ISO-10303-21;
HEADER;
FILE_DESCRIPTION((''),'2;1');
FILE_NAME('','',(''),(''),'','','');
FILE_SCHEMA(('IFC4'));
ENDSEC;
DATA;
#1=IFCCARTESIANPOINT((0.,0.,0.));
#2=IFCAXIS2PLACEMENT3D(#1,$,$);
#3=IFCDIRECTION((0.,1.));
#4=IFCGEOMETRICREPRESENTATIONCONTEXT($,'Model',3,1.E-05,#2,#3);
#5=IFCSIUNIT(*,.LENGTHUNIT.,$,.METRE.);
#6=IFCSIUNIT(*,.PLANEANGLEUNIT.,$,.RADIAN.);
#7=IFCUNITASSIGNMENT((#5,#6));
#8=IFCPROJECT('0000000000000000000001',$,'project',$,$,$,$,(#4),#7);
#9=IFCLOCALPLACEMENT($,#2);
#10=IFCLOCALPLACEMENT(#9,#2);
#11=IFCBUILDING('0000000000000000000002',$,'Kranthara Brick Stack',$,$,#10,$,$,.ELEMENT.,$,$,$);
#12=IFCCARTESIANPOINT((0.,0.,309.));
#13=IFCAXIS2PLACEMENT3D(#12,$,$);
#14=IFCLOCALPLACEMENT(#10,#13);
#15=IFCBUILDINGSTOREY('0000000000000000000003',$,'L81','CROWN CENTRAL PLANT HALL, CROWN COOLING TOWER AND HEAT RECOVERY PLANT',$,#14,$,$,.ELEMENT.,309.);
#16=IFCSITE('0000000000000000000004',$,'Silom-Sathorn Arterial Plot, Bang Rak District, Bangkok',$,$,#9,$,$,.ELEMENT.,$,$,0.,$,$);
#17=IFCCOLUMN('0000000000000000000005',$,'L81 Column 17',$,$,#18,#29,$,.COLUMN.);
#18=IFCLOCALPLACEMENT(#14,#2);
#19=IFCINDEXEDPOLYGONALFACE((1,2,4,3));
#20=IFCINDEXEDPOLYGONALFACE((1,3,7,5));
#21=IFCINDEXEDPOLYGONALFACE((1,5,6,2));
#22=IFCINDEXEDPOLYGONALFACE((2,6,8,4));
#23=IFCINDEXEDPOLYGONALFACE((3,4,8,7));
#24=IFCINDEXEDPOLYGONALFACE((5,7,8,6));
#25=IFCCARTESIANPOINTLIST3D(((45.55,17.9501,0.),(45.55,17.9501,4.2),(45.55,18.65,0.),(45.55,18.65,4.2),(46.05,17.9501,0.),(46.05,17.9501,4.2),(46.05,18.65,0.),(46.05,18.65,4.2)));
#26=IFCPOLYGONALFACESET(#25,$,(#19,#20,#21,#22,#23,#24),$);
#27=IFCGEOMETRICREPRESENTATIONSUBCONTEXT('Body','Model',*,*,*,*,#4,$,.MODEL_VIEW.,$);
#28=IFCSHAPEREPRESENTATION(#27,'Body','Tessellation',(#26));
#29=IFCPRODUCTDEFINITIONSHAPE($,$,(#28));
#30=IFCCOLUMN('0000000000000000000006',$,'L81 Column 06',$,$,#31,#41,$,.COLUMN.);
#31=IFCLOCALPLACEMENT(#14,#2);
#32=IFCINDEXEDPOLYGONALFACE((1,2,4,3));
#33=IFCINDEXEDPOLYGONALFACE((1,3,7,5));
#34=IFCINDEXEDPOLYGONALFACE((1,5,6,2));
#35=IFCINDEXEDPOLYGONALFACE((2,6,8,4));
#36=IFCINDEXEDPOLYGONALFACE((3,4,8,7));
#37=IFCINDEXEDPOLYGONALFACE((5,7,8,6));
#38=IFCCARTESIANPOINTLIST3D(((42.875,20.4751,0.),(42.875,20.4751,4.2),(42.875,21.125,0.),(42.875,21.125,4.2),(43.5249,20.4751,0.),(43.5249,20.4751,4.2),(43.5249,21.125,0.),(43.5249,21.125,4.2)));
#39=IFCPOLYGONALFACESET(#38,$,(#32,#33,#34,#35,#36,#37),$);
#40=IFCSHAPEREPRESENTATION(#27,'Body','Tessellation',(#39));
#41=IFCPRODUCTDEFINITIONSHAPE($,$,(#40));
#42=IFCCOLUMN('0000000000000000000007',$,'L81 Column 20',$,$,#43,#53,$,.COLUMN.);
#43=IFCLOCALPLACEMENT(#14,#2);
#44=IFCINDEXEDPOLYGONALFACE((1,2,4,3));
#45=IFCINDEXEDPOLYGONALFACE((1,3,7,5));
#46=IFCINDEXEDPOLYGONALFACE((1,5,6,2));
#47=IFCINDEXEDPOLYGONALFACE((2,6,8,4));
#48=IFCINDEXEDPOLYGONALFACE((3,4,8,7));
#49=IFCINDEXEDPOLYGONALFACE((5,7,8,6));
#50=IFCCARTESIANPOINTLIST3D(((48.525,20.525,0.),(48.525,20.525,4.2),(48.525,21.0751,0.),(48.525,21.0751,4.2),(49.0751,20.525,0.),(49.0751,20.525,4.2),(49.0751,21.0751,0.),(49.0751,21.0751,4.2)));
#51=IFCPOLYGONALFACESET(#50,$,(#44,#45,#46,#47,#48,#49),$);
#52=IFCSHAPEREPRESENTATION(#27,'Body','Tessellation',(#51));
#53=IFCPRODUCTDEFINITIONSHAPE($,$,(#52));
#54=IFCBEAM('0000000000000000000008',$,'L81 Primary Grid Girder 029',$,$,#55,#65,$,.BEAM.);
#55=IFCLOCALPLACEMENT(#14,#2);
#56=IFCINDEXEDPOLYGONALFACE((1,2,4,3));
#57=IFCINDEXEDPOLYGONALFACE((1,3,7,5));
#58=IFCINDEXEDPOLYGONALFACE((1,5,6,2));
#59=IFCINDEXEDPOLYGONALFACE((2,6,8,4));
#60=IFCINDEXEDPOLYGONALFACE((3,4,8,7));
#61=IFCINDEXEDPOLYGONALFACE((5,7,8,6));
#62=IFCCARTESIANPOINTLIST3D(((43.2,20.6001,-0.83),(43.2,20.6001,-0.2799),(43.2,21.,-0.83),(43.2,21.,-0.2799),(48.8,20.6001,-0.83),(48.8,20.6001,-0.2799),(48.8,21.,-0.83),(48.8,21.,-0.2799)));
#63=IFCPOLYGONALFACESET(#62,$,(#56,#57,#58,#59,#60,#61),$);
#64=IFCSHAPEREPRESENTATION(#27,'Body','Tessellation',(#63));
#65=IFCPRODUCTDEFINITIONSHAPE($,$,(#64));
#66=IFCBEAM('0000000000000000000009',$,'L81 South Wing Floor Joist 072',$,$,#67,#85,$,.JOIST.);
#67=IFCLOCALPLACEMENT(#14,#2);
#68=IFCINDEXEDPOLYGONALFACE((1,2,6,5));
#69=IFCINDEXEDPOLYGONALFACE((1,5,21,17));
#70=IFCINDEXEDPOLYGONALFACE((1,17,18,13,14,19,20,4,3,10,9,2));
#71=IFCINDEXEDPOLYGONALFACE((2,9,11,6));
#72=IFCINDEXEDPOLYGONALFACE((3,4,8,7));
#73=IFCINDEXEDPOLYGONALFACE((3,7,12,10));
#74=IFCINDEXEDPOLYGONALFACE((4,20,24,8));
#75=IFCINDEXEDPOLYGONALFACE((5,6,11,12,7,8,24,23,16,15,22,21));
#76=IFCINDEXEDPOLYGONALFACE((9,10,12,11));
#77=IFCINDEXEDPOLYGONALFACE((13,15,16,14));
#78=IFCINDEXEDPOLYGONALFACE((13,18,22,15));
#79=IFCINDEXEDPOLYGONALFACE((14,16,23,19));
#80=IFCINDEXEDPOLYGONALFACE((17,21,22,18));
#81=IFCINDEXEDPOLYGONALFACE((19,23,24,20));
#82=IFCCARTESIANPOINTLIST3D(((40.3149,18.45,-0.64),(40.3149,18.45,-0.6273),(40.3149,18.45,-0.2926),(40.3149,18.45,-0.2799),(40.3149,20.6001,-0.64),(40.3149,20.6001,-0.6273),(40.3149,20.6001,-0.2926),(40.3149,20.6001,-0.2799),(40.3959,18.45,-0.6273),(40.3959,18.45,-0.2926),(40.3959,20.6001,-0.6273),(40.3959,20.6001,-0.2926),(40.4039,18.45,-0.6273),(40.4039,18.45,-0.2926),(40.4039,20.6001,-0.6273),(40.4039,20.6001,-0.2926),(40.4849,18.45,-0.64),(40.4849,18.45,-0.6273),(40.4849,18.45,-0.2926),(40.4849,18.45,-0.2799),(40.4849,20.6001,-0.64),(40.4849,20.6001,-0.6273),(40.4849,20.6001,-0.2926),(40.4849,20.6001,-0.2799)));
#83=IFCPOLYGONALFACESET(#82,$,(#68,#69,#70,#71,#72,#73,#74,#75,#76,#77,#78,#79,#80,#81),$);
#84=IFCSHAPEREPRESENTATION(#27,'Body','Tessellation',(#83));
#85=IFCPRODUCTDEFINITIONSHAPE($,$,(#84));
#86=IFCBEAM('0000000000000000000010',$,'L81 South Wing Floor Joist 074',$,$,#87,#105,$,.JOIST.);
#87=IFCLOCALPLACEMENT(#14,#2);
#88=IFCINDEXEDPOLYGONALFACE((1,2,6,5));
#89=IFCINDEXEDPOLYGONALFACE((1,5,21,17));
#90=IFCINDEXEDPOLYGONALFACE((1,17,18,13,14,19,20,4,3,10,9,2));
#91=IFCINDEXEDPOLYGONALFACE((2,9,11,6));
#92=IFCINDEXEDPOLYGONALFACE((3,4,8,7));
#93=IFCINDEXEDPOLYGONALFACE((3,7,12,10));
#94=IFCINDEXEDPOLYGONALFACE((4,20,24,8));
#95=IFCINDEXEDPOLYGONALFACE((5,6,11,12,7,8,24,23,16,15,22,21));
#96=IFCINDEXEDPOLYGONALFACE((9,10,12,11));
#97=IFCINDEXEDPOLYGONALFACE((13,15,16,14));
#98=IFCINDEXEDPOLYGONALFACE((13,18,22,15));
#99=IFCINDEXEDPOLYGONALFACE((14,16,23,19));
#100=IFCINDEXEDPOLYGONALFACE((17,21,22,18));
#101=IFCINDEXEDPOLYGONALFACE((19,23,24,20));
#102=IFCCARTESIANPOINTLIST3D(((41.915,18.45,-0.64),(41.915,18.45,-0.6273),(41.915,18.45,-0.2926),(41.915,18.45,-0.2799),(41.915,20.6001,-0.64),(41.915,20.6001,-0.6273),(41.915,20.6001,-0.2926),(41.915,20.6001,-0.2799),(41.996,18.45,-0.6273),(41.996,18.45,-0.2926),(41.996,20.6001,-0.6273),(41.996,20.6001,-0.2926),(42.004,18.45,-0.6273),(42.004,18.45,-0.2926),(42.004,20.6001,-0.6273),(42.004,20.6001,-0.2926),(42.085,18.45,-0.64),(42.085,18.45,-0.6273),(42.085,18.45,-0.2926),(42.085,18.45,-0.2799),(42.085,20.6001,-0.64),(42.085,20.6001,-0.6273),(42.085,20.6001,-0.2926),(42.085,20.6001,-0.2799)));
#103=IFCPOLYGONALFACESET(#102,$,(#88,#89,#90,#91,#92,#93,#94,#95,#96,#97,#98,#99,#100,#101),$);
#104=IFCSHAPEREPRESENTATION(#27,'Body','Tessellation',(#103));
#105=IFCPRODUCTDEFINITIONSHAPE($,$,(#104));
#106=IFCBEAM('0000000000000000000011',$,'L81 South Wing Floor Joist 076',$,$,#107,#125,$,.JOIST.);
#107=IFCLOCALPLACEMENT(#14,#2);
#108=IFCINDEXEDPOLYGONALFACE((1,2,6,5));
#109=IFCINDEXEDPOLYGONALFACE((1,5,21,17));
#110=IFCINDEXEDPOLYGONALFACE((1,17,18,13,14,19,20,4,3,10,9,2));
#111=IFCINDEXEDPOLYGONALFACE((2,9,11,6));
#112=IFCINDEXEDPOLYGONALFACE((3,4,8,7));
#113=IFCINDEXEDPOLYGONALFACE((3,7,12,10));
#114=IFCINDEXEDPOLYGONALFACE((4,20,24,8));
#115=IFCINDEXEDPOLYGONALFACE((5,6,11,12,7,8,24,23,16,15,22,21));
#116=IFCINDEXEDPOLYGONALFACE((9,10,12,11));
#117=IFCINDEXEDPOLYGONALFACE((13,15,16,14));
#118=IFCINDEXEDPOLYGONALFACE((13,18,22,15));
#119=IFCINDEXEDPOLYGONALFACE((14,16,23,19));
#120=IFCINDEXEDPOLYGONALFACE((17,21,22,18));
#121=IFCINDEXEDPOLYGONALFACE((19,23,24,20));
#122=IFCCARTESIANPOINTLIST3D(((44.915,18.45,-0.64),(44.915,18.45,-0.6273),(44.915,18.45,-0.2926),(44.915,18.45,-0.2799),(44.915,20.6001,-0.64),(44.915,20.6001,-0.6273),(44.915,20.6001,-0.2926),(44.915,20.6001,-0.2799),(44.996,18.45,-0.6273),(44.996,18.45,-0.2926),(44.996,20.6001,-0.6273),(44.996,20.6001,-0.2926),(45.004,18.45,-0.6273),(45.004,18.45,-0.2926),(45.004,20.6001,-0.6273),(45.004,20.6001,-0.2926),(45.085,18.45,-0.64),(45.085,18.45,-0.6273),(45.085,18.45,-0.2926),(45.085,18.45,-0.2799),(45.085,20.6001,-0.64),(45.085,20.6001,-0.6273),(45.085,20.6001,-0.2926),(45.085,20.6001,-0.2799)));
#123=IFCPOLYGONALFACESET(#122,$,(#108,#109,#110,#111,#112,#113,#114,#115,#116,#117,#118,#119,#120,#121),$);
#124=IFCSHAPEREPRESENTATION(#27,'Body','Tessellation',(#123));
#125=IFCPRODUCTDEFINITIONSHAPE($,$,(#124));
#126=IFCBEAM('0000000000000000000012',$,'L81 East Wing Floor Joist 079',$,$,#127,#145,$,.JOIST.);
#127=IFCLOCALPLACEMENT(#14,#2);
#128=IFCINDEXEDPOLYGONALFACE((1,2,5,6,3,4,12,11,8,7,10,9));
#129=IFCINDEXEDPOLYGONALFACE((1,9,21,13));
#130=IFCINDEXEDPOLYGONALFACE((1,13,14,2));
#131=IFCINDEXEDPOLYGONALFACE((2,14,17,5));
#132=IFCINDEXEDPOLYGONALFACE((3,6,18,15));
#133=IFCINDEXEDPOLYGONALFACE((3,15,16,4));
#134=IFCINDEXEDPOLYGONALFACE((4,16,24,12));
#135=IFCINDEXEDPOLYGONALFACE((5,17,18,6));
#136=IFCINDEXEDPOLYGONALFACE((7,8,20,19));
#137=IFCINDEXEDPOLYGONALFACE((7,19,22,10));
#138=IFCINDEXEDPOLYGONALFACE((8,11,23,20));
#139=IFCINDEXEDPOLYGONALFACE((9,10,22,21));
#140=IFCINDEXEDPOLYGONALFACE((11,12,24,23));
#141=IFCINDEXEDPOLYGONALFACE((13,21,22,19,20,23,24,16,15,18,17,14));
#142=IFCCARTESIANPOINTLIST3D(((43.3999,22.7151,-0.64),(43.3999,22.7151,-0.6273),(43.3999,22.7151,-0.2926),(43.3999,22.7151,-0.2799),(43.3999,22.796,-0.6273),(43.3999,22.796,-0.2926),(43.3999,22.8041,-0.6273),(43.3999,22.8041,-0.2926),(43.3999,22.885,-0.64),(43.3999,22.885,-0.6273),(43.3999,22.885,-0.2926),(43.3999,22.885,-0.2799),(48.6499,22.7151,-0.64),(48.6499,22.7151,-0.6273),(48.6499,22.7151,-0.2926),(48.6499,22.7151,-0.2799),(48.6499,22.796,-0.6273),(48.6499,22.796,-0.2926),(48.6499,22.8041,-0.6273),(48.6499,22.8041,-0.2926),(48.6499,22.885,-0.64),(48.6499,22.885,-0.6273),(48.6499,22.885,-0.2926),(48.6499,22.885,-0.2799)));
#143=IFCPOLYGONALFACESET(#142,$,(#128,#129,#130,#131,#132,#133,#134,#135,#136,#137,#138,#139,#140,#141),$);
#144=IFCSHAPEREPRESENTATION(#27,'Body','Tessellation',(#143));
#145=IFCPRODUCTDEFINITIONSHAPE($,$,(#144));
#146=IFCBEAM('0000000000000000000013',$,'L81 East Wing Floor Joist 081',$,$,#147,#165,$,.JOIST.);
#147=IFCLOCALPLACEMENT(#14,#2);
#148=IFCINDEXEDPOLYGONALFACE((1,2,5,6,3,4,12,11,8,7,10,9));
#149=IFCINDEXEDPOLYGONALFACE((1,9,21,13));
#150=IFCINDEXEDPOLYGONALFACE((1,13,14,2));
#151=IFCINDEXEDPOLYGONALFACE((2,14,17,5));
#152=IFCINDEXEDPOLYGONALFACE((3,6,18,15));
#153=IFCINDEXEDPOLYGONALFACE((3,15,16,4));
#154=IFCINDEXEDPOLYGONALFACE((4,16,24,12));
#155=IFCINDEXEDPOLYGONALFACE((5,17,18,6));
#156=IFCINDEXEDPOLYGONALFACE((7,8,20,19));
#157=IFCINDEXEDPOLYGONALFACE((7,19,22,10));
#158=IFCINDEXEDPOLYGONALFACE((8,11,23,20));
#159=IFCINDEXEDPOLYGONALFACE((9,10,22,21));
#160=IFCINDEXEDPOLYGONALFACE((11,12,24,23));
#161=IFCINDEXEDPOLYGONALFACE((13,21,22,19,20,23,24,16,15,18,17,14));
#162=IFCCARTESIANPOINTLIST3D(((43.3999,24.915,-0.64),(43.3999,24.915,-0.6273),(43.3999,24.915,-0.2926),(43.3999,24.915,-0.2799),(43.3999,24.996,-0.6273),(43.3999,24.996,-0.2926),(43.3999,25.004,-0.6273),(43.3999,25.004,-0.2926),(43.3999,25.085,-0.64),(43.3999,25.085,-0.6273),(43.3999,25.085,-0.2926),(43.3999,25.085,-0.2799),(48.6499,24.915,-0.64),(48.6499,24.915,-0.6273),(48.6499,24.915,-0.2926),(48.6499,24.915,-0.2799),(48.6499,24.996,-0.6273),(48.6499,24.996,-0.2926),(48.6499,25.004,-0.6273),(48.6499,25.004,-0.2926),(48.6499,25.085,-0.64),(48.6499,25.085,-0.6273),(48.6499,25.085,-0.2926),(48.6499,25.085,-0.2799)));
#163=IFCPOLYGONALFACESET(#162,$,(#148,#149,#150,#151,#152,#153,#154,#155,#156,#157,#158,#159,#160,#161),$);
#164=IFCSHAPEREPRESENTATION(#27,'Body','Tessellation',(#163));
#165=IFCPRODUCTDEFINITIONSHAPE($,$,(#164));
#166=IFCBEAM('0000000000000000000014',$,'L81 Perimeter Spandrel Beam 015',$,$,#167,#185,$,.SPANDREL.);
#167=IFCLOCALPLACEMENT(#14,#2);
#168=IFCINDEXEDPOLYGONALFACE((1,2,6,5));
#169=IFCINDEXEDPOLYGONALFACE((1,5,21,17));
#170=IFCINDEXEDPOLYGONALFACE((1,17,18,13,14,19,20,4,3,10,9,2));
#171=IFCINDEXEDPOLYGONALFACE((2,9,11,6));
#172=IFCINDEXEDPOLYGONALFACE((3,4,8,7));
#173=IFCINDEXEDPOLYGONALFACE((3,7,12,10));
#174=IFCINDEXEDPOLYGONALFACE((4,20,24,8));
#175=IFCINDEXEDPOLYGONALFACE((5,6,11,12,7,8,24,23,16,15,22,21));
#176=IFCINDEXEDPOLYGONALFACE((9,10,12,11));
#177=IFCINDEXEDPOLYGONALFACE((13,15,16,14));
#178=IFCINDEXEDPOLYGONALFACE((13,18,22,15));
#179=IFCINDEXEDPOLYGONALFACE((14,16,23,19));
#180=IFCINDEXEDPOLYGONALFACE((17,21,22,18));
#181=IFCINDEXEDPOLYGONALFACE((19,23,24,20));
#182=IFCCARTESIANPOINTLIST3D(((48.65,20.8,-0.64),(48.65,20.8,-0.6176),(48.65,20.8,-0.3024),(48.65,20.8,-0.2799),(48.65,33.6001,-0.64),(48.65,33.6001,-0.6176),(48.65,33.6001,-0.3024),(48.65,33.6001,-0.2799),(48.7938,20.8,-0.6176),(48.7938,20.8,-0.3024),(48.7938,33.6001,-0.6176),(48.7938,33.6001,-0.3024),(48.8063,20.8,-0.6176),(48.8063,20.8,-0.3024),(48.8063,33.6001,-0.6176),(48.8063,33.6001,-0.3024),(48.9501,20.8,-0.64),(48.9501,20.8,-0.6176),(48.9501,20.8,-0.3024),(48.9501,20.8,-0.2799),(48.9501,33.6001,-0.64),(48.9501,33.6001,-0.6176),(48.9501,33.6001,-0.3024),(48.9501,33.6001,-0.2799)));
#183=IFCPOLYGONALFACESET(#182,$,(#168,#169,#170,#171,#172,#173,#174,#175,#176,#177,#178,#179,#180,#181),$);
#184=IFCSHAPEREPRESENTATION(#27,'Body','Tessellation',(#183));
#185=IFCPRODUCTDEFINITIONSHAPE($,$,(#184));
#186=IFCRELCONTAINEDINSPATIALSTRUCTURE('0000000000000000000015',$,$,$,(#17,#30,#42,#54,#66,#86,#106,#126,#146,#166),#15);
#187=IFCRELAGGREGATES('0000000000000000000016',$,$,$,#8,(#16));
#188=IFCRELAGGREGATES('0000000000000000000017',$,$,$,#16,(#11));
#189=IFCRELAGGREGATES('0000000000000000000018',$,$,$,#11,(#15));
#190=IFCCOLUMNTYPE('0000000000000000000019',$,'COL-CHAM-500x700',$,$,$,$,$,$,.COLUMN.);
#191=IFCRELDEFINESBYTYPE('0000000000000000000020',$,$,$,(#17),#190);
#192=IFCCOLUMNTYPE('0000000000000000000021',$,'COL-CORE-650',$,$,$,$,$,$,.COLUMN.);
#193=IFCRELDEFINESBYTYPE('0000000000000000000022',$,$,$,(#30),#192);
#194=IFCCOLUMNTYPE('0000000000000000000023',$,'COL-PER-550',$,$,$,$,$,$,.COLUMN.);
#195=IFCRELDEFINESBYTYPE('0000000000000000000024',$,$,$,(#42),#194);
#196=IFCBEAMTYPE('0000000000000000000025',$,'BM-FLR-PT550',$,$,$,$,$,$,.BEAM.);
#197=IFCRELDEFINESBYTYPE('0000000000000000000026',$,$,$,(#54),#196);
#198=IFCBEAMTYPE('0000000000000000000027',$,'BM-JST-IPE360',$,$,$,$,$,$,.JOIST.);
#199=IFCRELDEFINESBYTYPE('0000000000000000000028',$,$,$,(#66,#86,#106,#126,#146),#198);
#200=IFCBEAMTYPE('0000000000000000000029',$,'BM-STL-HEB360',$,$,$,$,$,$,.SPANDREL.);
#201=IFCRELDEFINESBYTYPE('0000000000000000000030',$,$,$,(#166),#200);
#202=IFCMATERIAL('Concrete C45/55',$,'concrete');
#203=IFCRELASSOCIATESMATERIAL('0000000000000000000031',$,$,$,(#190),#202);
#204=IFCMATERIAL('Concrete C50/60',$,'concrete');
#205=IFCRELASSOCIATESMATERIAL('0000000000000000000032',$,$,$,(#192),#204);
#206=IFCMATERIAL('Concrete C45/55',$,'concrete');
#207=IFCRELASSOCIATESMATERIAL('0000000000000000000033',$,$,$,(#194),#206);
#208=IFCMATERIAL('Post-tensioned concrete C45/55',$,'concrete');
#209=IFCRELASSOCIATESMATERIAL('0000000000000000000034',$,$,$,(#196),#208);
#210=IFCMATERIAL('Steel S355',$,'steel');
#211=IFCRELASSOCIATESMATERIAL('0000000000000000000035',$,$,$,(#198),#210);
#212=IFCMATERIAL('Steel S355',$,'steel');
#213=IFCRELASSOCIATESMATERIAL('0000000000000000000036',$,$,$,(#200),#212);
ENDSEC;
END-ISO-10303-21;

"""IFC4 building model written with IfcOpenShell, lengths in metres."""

from ifc_helpers import new_model, si_unit, direction, frame, origin, origin_2d, place, context, subcontext, project, spatial, rectangle, i_section, extrude, material, material_profile, profile_set, type_object, element, save


model = new_model("IFC4")

# Units and contexts
model_context = context("Model", 3, precision=1e-05, world=origin(), true_north=direction((0.0, 1.0)))
body_context = subcontext(model_context, "Body", "Model", "MODEL_VIEW")
ifc_project = project(units=[si_unit("LENGTHUNIT", "METRE"), si_unit("PLANEANGLEUNIT", "RADIAN")], contexts=[model_context])

# Site, building, storey
site_placement = place(None, origin())
site = spatial("IfcSite", under=ifc_project, at=site_placement, Name="Silom-Sathorn Arterial Plot, Bang Rak District, Bangkok", CompositionType="ELEMENT", RefElevation=0.0)
building_placement = place(site_placement, origin())
building = spatial("IfcBuilding", under=site, at=building_placement, Name="Kranthara Brick Stack", CompositionType="ELEMENT")
storey_placement = place(building_placement, frame((0.0, 0.0, 309.0)))
storey = spatial("IfcBuildingStorey", under=building, at=storey_placement, Name="L81", Description="CROWN CENTRAL PLANT HALL, CROWN COOLING TOWER AND HEAT RECOVERY PLANT", CompositionType="ELEMENT", Elevation=309.0)

# Columns
ifc_material_1 = material(Name="Concrete C45/55", Category="concrete")
ifc_material_profile_1 = material_profile(ifc_material_1, rectangle(XDim=0.5, YDim=0.7, at=origin_2d()), Name="RC 500x700")
ifc_profile_set_1 = profile_set([ifc_material_profile_1], Name="Concrete C45/55")
column_type_1 = type_object("IfcColumnType", Name="COL-CHAM-500x700", PredefinedType="COLUMN", material=ifc_profile_set_1)
column_1_placement = place(storey_placement, frame((45.8, 18.3, 0.0), z_axis=(0.0, 0.0, 1.0), x_axis=(1.0, 0.0, 0.0)))
element("IfcColumn", 1, at=column_1_placement, inside=storey, type_object=column_type_1, Name="L81 Column 17", PredefinedType="COLUMN", context=body_context, shape_type="SweptSolid", body=[
    extrude(rectangle(XDim=0.5, YDim=0.7, at=origin_2d()), origin(), (0.0, 0.0, 1.0), 4.2),
])
ifc_material_2 = material(Name="Concrete C50/60", Category="concrete")
ifc_material_profile_2 = material_profile(ifc_material_2, rectangle(XDim=0.6499, YDim=0.6499, at=origin_2d()), Name="RC 650x650")
ifc_profile_set_2 = profile_set([ifc_material_profile_2], Name="Concrete C50/60")
column_type_2 = type_object("IfcColumnType", Name="COL-CORE-650", PredefinedType="COLUMN", material=ifc_profile_set_2)
column_2_placement = place(storey_placement, frame((43.2, 20.8, 0.0), z_axis=(0.0, 0.0, 1.0), x_axis=(1.0, 0.0, 0.0)))
element("IfcColumn", 2, at=column_2_placement, inside=storey, type_object=column_type_2, Name="L81 Column 06", PredefinedType="COLUMN", context=body_context, shape_type="SweptSolid", body=[
    extrude(rectangle(XDim=0.6499, YDim=0.6499, at=origin_2d()), origin(), (0.0, 0.0, 1.0), 4.2),
])
ifc_material_3 = material(Name="Concrete C45/55", Category="concrete")
ifc_material_profile_3 = material_profile(ifc_material_3, rectangle(XDim=0.55, YDim=0.55, at=origin_2d()), Name="RC 550x550")
ifc_profile_set_3 = profile_set([ifc_material_profile_3], Name="Concrete C45/55")
column_type_3 = type_object("IfcColumnType", Name="COL-PER-550", PredefinedType="COLUMN", material=ifc_profile_set_3)
column_3_placement = place(storey_placement, frame((48.8, 20.8, 0.0), z_axis=(0.0, 0.0, 1.0), x_axis=(1.0, 0.0, 0.0)))
element("IfcColumn", 3, at=column_3_placement, inside=storey, type_object=column_type_3, Name="L81 Column 20", PredefinedType="COLUMN", context=body_context, shape_type="SweptSolid", body=[
    extrude(rectangle(XDim=0.55, YDim=0.55, at=origin_2d()), origin(), (0.0, 0.0, 1.0), 4.2),
])

# Beams
ifc_material_4 = material(Name="Post-tensioned concrete C45/55", Category="concrete")
ifc_material_profile_4 = material_profile(ifc_material_4, rectangle(XDim=0.3999, YDim=0.55, at=origin_2d()), Name="PT 400x550")
ifc_profile_set_4 = profile_set([ifc_material_profile_4], Name="Post-tensioned concrete C45/55")
beam_type_1 = type_object("IfcBeamType", Name="BM-FLR-PT550", PredefinedType="BEAM", material=ifc_profile_set_4)
beam_1_placement = place(storey_placement, frame((43.2, 20.8, -0.5549), z_axis=(1.0, 0.0, 0.0), x_axis=(0.0, 1.0, 0.0)))
element("IfcBeam", 4, at=beam_1_placement, inside=storey, type_object=beam_type_1, Name="L81 Primary Grid Girder 029", PredefinedType="BEAM", context=body_context, shape_type="SweptSolid", body=[
    extrude(rectangle(XDim=0.3999, YDim=0.55, at=origin_2d()), origin(), (0.0, 0.0, 1.0), 5.6001),
])
ifc_material_5 = material(Name="Steel S355", Category="steel")
ifc_material_profile_5 = material_profile(ifc_material_5, i_section(OverallWidth=0.1699, OverallDepth=0.3601, WebThickness=0.0081, FlangeThickness=0.0127, at=origin_2d()), Name="IPE 360")
ifc_profile_set_5 = profile_set([ifc_material_profile_5], Name="Steel S355")
beam_type_2 = type_object("IfcBeamType", Name="BM-JST-IPE360", PredefinedType="JOIST", material=ifc_profile_set_5)
for number, where, z_axis, x_axis, name in (
    (5, (40.3999, 18.45, -0.46), (0.0, 1.0, 0.0), (-1.0, 0.0, 0.0), "L81 South Wing Floor Joist 072"),
    (6, (42.0, 18.45, -0.46), (0.0, 1.0, 0.0), (-1.0, 0.0, 0.0), "L81 South Wing Floor Joist 074"),
    (7, (45.0, 18.45, -0.46), (0.0, 1.0, 0.0), (-1.0, 0.0, 0.0), "L81 South Wing Floor Joist 076"),
):
    element("IfcBeam", number, at=place(storey_placement, frame(where, z_axis=z_axis, x_axis=x_axis)), inside=storey, type_object=beam_type_2, Name=name, PredefinedType="JOIST", context=body_context, shape_type="SweptSolid", body=[
        extrude(i_section(OverallWidth=0.1699, OverallDepth=0.3601, WebThickness=0.0081, FlangeThickness=0.0127, at=origin_2d()), origin(), (0.0, 0.0, 1.0), 2.1501),
    ])
for number, where, z_axis, x_axis, name in (
    (8, (43.3999, 22.8, -0.46), (1.0, 0.0, 0.0), (0.0, 1.0, 0.0), "L81 East Wing Floor Joist 079"),
    (9, (43.3999, 25.0, -0.46), (1.0, 0.0, 0.0), (0.0, 1.0, 0.0), "L81 East Wing Floor Joist 081"),
):
    element("IfcBeam", number, at=place(storey_placement, frame(where, z_axis=z_axis, x_axis=x_axis)), inside=storey, type_object=beam_type_2, Name=name, PredefinedType="JOIST", context=body_context, shape_type="SweptSolid", body=[
        extrude(i_section(OverallWidth=0.1699, OverallDepth=0.3601, WebThickness=0.0081, FlangeThickness=0.0127, at=origin_2d()), origin(), (0.0, 0.0, 1.0), 5.25),
    ])
ifc_material_6 = material(Name="Steel S355", Category="steel")
ifc_material_profile_6 = material_profile(ifc_material_6, i_section(OverallWidth=0.3, OverallDepth=0.3601, WebThickness=0.0125, FlangeThickness=0.0225, at=origin_2d()), Name="HEB 360")
ifc_profile_set_6 = profile_set([ifc_material_profile_6], Name="Steel S355")
beam_type_3 = type_object("IfcBeamType", Name="BM-STL-HEB360", PredefinedType="SPANDREL", material=ifc_profile_set_6)
beam_2_placement = place(storey_placement, frame((48.8, 20.8, -0.46), z_axis=(0.0, 1.0, 0.0), x_axis=(-1.0, 0.0, 0.0)))
element("IfcBeam", 10, at=beam_2_placement, inside=storey, type_object=beam_type_3, Name="L81 Perimeter Spandrel Beam 015", PredefinedType="SPANDREL", context=body_context, shape_type="SweptSolid", body=[
    extrude(i_section(OverallWidth=0.3, OverallDepth=0.3601, WebThickness=0.0125, FlangeThickness=0.0225, at=origin_2d()), origin(), (0.0, 0.0, 1.0), 12.8),
])

save(model, "model.ifc")
